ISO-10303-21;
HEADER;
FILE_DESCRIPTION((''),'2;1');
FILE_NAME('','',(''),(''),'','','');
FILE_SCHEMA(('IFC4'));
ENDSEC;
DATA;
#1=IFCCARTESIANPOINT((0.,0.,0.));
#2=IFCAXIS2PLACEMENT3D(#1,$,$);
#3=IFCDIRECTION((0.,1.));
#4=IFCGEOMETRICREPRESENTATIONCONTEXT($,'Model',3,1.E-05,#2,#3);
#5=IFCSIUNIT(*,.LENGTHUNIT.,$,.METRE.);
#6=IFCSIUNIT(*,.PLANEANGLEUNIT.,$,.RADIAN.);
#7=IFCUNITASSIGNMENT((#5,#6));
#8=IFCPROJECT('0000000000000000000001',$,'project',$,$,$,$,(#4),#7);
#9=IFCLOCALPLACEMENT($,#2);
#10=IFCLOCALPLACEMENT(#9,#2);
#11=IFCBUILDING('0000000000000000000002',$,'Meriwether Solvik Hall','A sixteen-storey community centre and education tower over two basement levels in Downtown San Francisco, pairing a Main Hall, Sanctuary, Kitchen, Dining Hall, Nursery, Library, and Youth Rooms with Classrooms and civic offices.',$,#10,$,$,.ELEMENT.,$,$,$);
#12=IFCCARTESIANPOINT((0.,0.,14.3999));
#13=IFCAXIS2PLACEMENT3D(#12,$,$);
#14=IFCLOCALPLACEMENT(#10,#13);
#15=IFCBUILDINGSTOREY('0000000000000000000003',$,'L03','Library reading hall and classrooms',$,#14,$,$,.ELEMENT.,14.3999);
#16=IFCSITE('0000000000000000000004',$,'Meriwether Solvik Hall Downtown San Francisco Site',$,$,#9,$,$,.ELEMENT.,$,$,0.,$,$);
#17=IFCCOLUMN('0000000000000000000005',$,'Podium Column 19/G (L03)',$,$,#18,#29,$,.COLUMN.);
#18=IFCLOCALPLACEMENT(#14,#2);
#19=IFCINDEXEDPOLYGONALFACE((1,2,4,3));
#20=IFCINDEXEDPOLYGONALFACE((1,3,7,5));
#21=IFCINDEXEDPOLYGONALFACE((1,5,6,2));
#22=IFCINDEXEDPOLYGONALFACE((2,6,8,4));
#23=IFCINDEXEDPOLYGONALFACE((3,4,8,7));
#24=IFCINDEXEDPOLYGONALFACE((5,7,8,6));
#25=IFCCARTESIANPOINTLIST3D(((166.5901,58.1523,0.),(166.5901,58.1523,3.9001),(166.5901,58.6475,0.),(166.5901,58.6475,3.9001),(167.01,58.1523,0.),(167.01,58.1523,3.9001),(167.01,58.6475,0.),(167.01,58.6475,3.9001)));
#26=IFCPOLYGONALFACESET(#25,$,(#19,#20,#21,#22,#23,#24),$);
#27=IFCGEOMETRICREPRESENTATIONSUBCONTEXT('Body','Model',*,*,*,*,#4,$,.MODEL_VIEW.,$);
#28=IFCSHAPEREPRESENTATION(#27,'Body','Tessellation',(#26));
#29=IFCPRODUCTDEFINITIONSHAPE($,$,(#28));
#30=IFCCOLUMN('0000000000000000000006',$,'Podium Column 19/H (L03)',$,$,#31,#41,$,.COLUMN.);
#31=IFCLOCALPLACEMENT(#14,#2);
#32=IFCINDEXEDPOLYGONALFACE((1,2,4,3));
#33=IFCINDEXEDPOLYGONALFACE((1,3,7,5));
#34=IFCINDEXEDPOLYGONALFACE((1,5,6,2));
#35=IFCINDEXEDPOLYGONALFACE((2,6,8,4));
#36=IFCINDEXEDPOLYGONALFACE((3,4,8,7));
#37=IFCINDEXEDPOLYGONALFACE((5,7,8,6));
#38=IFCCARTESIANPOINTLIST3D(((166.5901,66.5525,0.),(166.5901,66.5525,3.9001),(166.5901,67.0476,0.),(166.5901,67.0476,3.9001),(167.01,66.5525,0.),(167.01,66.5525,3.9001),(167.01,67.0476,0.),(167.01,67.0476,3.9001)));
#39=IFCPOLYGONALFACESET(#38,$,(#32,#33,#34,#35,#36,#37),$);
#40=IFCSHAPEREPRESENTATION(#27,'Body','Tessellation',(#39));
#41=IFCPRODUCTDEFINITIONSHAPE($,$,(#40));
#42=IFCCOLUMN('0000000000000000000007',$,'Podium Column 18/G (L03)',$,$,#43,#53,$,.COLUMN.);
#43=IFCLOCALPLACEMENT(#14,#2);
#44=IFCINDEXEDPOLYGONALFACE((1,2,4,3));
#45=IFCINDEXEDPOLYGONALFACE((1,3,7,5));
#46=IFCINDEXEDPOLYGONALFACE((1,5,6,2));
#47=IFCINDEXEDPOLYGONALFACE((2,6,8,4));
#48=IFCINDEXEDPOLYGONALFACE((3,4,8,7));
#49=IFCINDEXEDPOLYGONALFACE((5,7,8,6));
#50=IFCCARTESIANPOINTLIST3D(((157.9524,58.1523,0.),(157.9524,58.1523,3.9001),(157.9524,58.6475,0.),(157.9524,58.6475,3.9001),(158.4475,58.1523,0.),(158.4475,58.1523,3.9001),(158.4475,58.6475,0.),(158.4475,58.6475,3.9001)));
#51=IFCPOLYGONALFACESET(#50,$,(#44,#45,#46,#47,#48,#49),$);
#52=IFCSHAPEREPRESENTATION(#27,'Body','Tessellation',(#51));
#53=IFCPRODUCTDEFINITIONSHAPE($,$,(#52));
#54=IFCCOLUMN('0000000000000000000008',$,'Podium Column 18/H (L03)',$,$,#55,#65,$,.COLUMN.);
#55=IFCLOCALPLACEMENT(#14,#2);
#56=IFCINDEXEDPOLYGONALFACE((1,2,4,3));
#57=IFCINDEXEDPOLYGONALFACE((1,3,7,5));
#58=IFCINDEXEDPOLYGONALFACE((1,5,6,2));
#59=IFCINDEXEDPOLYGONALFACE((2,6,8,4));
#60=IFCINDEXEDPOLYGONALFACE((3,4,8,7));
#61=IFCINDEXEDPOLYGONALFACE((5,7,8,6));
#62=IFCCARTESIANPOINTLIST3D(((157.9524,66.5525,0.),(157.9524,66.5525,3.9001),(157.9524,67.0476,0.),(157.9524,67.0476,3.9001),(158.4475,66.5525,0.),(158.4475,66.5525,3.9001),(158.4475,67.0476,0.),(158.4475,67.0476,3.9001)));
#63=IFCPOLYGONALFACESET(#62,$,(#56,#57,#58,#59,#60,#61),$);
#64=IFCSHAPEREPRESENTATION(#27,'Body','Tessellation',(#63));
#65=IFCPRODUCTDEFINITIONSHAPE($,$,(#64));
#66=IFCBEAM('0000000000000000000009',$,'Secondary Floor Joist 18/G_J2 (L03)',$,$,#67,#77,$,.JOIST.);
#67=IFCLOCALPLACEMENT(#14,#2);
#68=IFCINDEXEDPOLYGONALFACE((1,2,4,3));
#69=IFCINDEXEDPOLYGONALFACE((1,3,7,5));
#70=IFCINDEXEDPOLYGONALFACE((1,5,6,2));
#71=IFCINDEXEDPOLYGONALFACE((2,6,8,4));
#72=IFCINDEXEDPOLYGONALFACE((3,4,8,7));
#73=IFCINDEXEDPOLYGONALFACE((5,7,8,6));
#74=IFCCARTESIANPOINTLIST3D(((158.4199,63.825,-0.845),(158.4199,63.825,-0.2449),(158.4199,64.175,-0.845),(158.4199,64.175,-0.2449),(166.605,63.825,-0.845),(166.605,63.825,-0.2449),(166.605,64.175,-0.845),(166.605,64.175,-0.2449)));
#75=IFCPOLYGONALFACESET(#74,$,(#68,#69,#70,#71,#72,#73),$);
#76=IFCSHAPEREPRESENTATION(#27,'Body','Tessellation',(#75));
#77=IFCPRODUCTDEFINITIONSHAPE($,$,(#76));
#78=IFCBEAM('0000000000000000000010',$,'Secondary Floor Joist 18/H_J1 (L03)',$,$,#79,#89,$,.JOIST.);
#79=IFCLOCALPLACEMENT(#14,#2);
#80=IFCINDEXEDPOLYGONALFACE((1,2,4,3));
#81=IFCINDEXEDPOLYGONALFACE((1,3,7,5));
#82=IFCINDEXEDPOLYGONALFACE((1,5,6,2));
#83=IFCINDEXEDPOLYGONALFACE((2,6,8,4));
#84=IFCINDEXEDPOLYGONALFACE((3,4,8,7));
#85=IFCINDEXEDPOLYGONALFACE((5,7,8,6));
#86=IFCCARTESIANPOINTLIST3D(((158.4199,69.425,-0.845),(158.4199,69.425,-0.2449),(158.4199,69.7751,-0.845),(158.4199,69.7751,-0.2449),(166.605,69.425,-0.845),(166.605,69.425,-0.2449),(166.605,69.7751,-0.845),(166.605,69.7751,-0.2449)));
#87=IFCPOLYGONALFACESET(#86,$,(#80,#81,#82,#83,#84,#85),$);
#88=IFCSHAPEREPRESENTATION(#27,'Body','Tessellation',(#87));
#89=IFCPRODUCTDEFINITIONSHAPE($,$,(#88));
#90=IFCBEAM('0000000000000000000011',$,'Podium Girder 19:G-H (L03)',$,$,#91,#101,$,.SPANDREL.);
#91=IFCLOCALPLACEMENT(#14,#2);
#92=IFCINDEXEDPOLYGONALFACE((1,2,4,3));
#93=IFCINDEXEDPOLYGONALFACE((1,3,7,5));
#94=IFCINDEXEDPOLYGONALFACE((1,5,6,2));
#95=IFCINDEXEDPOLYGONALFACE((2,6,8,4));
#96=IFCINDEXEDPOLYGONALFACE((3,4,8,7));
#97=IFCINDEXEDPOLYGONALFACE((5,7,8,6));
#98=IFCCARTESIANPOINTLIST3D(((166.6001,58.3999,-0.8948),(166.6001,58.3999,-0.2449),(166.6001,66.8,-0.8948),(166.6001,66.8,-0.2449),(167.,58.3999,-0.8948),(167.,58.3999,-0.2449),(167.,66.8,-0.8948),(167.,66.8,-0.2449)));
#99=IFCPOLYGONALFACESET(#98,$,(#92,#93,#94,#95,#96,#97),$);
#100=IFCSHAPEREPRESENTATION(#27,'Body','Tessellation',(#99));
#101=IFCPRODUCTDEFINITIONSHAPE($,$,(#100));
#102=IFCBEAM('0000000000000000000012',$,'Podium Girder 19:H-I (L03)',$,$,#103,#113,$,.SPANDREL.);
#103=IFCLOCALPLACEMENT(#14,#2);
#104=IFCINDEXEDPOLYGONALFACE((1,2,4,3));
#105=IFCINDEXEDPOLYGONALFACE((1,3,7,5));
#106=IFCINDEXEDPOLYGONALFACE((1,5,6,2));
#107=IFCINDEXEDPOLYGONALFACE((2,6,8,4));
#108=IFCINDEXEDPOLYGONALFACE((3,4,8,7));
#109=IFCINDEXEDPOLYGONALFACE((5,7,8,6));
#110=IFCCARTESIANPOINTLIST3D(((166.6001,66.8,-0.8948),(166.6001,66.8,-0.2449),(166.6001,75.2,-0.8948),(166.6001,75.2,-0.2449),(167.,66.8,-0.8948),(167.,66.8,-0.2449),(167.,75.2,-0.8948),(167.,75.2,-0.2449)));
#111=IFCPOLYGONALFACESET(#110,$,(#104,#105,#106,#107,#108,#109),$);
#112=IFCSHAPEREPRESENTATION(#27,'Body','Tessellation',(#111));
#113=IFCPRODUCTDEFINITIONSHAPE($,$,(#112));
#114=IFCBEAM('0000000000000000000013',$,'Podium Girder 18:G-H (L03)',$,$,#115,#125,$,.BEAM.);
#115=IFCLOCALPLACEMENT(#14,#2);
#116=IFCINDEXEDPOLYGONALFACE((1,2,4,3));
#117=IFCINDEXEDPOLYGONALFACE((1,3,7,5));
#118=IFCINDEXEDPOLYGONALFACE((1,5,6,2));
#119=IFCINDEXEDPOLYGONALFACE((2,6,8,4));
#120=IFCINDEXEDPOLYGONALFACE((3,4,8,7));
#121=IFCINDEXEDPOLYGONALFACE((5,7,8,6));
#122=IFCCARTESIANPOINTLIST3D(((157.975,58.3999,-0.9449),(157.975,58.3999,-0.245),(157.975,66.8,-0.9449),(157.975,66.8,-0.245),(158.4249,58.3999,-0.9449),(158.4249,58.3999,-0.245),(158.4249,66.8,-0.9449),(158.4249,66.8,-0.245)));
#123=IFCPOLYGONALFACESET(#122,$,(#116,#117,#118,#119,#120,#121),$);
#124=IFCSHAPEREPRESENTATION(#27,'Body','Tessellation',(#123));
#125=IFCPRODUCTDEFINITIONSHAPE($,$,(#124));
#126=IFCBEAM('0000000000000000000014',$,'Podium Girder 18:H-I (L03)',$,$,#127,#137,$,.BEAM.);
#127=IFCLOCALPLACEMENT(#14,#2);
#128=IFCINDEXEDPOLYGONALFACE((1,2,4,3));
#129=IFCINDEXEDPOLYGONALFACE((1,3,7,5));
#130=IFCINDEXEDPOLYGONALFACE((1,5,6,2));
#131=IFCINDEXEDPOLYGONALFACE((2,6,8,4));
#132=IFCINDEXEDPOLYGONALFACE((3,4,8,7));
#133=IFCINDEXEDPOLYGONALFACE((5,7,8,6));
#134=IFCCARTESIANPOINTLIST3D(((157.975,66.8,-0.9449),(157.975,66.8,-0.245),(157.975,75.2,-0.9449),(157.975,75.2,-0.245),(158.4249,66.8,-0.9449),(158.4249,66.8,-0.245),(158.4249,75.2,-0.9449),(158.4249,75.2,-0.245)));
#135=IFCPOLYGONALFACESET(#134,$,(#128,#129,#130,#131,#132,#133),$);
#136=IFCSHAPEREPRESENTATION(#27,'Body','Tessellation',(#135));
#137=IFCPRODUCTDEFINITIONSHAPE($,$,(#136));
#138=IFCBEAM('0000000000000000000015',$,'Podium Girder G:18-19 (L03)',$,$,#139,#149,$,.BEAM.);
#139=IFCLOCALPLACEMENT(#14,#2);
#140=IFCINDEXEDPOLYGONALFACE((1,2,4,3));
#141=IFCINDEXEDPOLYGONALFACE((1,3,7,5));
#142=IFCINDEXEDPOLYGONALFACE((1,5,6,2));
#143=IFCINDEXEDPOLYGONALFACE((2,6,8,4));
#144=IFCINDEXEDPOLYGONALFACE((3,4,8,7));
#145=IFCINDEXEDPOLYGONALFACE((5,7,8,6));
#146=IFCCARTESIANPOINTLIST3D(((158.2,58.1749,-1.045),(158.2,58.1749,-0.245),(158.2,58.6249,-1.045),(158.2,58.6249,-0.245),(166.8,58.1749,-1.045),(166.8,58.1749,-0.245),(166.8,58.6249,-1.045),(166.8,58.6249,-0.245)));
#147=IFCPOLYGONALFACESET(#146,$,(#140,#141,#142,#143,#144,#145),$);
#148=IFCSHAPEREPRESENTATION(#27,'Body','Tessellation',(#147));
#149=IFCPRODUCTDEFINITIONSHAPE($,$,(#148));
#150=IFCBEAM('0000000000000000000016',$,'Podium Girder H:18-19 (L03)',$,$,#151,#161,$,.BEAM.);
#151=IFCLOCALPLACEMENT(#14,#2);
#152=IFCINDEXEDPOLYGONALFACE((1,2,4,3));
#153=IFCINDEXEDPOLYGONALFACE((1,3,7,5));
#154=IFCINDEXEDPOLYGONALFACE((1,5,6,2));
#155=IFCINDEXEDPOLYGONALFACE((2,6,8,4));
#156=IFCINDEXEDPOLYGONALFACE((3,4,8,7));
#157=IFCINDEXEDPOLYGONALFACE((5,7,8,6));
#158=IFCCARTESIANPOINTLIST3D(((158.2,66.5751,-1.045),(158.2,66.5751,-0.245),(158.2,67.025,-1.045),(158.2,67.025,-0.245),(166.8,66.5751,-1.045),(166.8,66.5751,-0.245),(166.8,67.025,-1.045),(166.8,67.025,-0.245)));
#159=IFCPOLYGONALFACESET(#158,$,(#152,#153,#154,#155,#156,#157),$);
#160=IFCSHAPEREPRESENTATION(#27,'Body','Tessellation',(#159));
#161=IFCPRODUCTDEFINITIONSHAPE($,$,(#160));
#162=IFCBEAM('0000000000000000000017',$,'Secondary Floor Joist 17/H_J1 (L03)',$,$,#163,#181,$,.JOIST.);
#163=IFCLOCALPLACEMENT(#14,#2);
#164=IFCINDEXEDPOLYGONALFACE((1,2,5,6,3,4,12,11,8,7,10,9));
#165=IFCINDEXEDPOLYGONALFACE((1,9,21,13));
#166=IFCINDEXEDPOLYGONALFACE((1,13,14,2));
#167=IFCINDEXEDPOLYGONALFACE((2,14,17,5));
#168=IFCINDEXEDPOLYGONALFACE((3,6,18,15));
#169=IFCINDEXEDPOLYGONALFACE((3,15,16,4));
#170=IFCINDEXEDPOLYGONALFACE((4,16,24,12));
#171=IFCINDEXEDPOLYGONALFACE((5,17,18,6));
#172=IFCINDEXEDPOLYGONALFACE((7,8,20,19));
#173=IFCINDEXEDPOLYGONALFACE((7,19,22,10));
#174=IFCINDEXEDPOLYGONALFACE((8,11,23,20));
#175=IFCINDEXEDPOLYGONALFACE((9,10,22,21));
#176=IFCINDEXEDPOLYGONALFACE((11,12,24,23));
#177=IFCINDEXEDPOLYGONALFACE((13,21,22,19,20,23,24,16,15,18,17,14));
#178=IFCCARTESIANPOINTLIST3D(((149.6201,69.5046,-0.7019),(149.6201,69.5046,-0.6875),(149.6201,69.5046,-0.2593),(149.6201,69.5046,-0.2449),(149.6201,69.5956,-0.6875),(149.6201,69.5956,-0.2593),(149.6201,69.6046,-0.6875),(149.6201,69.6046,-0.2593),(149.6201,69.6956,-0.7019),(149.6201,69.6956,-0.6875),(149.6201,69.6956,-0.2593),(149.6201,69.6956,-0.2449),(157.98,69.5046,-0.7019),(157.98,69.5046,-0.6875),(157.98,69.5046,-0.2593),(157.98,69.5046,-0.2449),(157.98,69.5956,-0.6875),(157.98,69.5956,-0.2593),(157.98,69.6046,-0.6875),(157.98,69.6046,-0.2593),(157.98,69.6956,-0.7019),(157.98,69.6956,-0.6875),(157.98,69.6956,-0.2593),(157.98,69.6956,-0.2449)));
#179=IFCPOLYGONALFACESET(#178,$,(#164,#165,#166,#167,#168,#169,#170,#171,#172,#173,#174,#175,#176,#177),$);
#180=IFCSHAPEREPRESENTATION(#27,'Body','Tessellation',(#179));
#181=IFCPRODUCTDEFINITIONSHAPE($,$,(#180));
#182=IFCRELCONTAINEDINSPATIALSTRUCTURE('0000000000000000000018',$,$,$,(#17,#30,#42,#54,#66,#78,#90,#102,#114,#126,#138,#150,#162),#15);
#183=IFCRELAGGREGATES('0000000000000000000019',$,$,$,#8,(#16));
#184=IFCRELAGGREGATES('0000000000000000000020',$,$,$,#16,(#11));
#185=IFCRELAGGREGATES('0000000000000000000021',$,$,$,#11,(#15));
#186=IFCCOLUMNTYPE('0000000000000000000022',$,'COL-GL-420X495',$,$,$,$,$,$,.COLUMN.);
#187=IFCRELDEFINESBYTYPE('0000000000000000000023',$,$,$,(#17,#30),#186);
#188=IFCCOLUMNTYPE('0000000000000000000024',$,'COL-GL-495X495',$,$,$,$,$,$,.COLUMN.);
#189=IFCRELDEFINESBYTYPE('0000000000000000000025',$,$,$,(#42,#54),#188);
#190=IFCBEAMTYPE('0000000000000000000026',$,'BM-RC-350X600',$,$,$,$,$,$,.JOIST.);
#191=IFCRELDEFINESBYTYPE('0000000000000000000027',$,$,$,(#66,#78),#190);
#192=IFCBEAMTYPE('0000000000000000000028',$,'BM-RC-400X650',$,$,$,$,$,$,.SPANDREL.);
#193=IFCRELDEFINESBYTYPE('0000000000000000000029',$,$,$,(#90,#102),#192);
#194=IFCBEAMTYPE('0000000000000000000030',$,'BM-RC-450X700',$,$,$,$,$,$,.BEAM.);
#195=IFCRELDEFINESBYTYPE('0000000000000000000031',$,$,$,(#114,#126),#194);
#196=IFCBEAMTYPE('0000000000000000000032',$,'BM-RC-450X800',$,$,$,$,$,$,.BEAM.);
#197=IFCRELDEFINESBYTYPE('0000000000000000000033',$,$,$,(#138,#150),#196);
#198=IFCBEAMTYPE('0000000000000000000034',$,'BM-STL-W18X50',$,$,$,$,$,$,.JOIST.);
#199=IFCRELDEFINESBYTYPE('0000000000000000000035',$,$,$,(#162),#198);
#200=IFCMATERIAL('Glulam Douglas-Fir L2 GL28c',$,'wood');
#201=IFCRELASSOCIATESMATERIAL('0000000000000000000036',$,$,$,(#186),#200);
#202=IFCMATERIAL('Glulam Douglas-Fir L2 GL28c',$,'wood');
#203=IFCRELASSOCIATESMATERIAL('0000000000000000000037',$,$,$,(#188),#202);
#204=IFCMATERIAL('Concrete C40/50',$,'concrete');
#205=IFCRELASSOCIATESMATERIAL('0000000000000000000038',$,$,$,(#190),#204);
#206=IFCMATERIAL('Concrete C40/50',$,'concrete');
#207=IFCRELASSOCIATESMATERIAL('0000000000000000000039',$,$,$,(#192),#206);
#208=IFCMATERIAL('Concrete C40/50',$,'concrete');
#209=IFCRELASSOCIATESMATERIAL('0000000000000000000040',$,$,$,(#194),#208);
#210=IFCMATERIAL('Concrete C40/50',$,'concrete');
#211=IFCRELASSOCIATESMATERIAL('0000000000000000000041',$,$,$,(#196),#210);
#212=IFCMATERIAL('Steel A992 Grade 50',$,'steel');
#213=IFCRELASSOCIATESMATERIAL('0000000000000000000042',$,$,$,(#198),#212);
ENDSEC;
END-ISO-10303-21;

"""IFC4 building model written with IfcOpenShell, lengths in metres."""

from ifc_helpers import new_model, si_unit, direction, frame, origin, origin_2d, place, context, subcontext, project, spatial, rectangle, i_section, extrude, material, material_profile, profile_set, type_object, element, save


model = new_model("IFC4")

# Units and contexts
model_context = context("Model", 3, precision=1e-05, world=origin(), true_north=direction((0.0, 1.0)))
body_context = subcontext(model_context, "Body", "Model", "MODEL_VIEW")
ifc_project = project(units=[si_unit("LENGTHUNIT", "METRE"), si_unit("PLANEANGLEUNIT", "RADIAN")], contexts=[model_context])

# Site, building, storey
site_placement = place(None, origin())
site = spatial("IfcSite", under=ifc_project, at=site_placement, Name="Meriwether Solvik Hall Downtown San Francisco Site", CompositionType="ELEMENT", RefElevation=0.0)
building_placement = place(site_placement, origin())
building = spatial("IfcBuilding", under=site, at=building_placement, Name="Meriwether Solvik Hall", Description="A sixteen-storey community centre and education tower over two basement levels in Downtown San Francisco, pairing a Main Hall, Sanctuary, Kitchen, Dining Hall, Nursery, Library, and Youth Rooms with Classrooms and civic offices.", CompositionType="ELEMENT")
storey_placement = place(building_placement, frame((0.0, 0.0, 14.3999)))
storey = spatial("IfcBuildingStorey", under=building, at=storey_placement, Name="L03", Description="Library reading hall and classrooms", CompositionType="ELEMENT", Elevation=14.3999)

# Columns
ifc_material_1 = material(Name="Glulam Douglas-Fir L2 GL28c", Category="wood")
ifc_material_profile_1 = material_profile(ifc_material_1, rectangle(XDim=0.4199, YDim=0.4951, at=origin_2d()), Name="GLC-420X495")
ifc_profile_set_1 = profile_set([ifc_material_profile_1], Name="Glulam Douglas-Fir L2 GL28c")
column_type_1 = type_object("IfcColumnType", Name="COL-GL-420X495", PredefinedType="COLUMN", material=ifc_profile_set_1)
for number, where, z_axis, x_axis, name in (
    (1, (166.8, 58.3999, 0.0), (0.0, 0.0, 1.0), (1.0, 0.0, 0.0), "Podium Column 19/G (L03)"),
    (2, (166.8, 66.8, 0.0), (0.0, 0.0, 1.0), (1.0, 0.0, 0.0), "Podium Column 19/H (L03)"),
):
    element("IfcColumn", number, at=place(storey_placement, frame(where, z_axis=z_axis, x_axis=x_axis)), inside=storey, type_object=column_type_1, Name=name, PredefinedType="COLUMN", context=body_context, shape_type="SweptSolid", body=[
        extrude(rectangle(XDim=0.4199, YDim=0.4951, at=origin_2d()), origin(), (0.0, 0.0, 1.0), 3.9001),
    ])
ifc_material_2 = material(Name="Glulam Douglas-Fir L2 GL28c", Category="wood")
ifc_material_profile_2 = material_profile(ifc_material_2, rectangle(XDim=0.4951, YDim=0.4951, at=origin_2d()), Name="GLC-495X495")
ifc_profile_set_2 = profile_set([ifc_material_profile_2], Name="Glulam Douglas-Fir L2 GL28c")
column_type_2 = type_object("IfcColumnType", Name="COL-GL-495X495", PredefinedType="COLUMN", material=ifc_profile_set_2)
for number, where, z_axis, x_axis, name in (
    (3, (158.2, 58.3999, 0.0), (0.0, 0.0, 1.0), (1.0, 0.0, 0.0), "Podium Column 18/G (L03)"),
    (4, (158.2, 66.8, 0.0), (0.0, 0.0, 1.0), (1.0, 0.0, 0.0), "Podium Column 18/H (L03)"),
):
    element("IfcColumn", number, at=place(storey_placement, frame(where, z_axis=z_axis, x_axis=x_axis)), inside=storey, type_object=column_type_2, Name=name, PredefinedType="COLUMN", context=body_context, shape_type="SweptSolid", body=[
        extrude(rectangle(XDim=0.4951, YDim=0.4951, at=origin_2d()), origin(), (0.0, 0.0, 1.0), 3.9001),
    ])

# Beams
ifc_material_3 = material(Name="Concrete C40/50", Category="concrete")
ifc_material_profile_3 = material_profile(ifc_material_3, rectangle(XDim=0.3501, YDim=0.6001, at=origin_2d()), Name="RCB-350X600")
ifc_profile_set_3 = profile_set([ifc_material_profile_3], Name="Concrete C40/50")
beam_type_1 = type_object("IfcBeamType", Name="BM-RC-350X600", PredefinedType="JOIST", material=ifc_profile_set_3)
for number, where, z_axis, x_axis, name in (
    (5, (158.4199, 64.0, -0.5449), (1.0, 0.0, 0.0), (0.0, 1.0, 0.0), "Secondary Floor Joist 18/G_J2 (L03)"),
    (6, (158.4199, 69.6001, -0.5449), (1.0, 0.0, 0.0), (0.0, 1.0, 0.0), "Secondary Floor Joist 18/H_J1 (L03)"),
):
    element("IfcBeam", number, at=place(storey_placement, frame(where, z_axis=z_axis, x_axis=x_axis)), inside=storey, type_object=beam_type_1, Name=name, PredefinedType="JOIST", context=body_context, shape_type="SweptSolid", body=[
        extrude(rectangle(XDim=0.3501, YDim=0.6001, at=origin_2d()), origin(), (0.0, 0.0, 1.0), 8.1851),
    ])
ifc_material_4 = material(Name="Concrete C40/50", Category="concrete")
ifc_material_profile_4 = material_profile(ifc_material_4, rectangle(XDim=0.3999, YDim=0.6499, at=origin_2d()), Name="RCB-400X650")
ifc_profile_set_4 = profile_set([ifc_material_profile_4], Name="Concrete C40/50")
beam_type_2 = type_object("IfcBeamType", Name="BM-RC-400X650", PredefinedType="SPANDREL", material=ifc_profile_set_4)
beam_1_placement = place(storey_placement, frame((166.8, 58.3999, -0.5698), z_axis=(0.0, 1.0, 0.0), x_axis=(-1.0, 0.0, 0.0)))
element("IfcBeam", 7, at=beam_1_placement, inside=storey, type_object=beam_type_2, Name="Podium Girder 19:G-H (L03)", PredefinedType="SPANDREL", context=body_context, shape_type="SweptSolid", body=[
    extrude(rectangle(XDim=0.3999, YDim=0.6499, at=origin_2d()), origin(), (0.0, 0.0, 1.0), 8.4001),
])
beam_2_placement = place(storey_placement, frame((166.8, 66.8, -0.5698), z_axis=(0.0, 1.0, 0.0), x_axis=(-1.0, 0.0, 0.0)))
element("IfcBeam", 8, at=beam_2_placement, inside=storey, type_object=beam_type_2, Name="Podium Girder 19:H-I (L03)", PredefinedType="SPANDREL", context=body_context, shape_type="SweptSolid", body=[
    extrude(rectangle(XDim=0.3999, YDim=0.6499, at=origin_2d()), origin(), (0.0, 0.0, 1.0), 8.3999),
])
ifc_material_5 = material(Name="Concrete C40/50", Category="concrete")
ifc_material_profile_5 = material_profile(ifc_material_5, rectangle(XDim=0.45, YDim=0.7, at=origin_2d()), Name="RCB-450X700")
ifc_profile_set_5 = profile_set([ifc_material_profile_5], Name="Concrete C40/50")
beam_type_3 = type_object("IfcBeamType", Name="BM-RC-450X700", PredefinedType="BEAM", material=ifc_profile_set_5)
beam_3_placement = place(storey_placement, frame((158.2, 58.3999, -0.595), z_axis=(0.0, 1.0, 0.0), x_axis=(-1.0, 0.0, 0.0)))
element("IfcBeam", 9, at=beam_3_placement, inside=storey, type_object=beam_type_3, Name="Podium Girder 18:G-H (L03)", PredefinedType="BEAM", context=body_context, shape_type="SweptSolid", body=[
    extrude(rectangle(XDim=0.45, YDim=0.7, at=origin_2d()), origin(), (0.0, 0.0, 1.0), 8.4001),
])
beam_4_placement = place(storey_placement, frame((158.2, 66.8, -0.595), z_axis=(0.0, 1.0, 0.0), x_axis=(-1.0, 0.0, 0.0)))
element("IfcBeam", 10, at=beam_4_placement, inside=storey, type_object=beam_type_3, Name="Podium Girder 18:H-I (L03)", PredefinedType="BEAM", context=body_context, shape_type="SweptSolid", body=[
    extrude(rectangle(XDim=0.45, YDim=0.7, at=origin_2d()), origin(), (0.0, 0.0, 1.0), 8.3999),
])
ifc_material_6 = material(Name="Concrete C40/50", Category="concrete")
ifc_material_profile_6 = material_profile(ifc_material_6, rectangle(XDim=0.45, YDim=0.8, at=origin_2d()), Name="RCB-450X800")
ifc_profile_set_6 = profile_set([ifc_material_profile_6], Name="Concrete C40/50")
beam_type_4 = type_object("IfcBeamType", Name="BM-RC-450X800", PredefinedType="BEAM", material=ifc_profile_set_6)
for number, where, z_axis, x_axis, name in (
    (11, (158.2, 58.3999, -0.645), (1.0, 0.0, 0.0), (0.0, 1.0, 0.0), "Podium Girder G:18-19 (L03)"),
    (12, (158.2, 66.8, -0.645), (1.0, 0.0, 0.0), (0.0, 1.0, 0.0), "Podium Girder H:18-19 (L03)"),
):
    element("IfcBeam", number, at=place(storey_placement, frame(where, z_axis=z_axis, x_axis=x_axis)), inside=storey, type_object=beam_type_4, Name=name, PredefinedType="BEAM", context=body_context, shape_type="SweptSolid", body=[
        extrude(rectangle(XDim=0.45, YDim=0.8, at=origin_2d()), origin(), (0.0, 0.0, 1.0), 8.6001),
    ])
ifc_material_7 = material(Name="Steel A992 Grade 50", Category="steel")
ifc_material_profile_7 = material_profile(ifc_material_7, i_section(OverallWidth=0.1909, OverallDepth=0.457, WebThickness=0.009, FlangeThickness=0.0144, at=origin_2d()), Name="W18X50")
ifc_profile_set_7 = profile_set([ifc_material_profile_7], Name="Steel A992 Grade 50")
beam_type_5 = type_object("IfcBeamType", Name="BM-STL-W18X50", PredefinedType="JOIST", material=ifc_profile_set_7)
beam_5_placement = place(storey_placement, frame((149.6201, 69.6001, -0.4734), z_axis=(1.0, 0.0, 0.0), x_axis=(0.0, 1.0, 0.0)))
element("IfcBeam", 13, at=beam_5_placement, inside=storey, type_object=beam_type_5, Name="Secondary Floor Joist 17/H_J1 (L03)", PredefinedType="JOIST", context=body_context, shape_type="SweptSolid", body=[
    extrude(i_section(OverallWidth=0.1909, OverallDepth=0.457, WebThickness=0.009, FlangeThickness=0.0144, at=origin_2d()), origin(), (0.0, 0.0, 1.0), 8.3599),
])

save(model, "model.ifc")
